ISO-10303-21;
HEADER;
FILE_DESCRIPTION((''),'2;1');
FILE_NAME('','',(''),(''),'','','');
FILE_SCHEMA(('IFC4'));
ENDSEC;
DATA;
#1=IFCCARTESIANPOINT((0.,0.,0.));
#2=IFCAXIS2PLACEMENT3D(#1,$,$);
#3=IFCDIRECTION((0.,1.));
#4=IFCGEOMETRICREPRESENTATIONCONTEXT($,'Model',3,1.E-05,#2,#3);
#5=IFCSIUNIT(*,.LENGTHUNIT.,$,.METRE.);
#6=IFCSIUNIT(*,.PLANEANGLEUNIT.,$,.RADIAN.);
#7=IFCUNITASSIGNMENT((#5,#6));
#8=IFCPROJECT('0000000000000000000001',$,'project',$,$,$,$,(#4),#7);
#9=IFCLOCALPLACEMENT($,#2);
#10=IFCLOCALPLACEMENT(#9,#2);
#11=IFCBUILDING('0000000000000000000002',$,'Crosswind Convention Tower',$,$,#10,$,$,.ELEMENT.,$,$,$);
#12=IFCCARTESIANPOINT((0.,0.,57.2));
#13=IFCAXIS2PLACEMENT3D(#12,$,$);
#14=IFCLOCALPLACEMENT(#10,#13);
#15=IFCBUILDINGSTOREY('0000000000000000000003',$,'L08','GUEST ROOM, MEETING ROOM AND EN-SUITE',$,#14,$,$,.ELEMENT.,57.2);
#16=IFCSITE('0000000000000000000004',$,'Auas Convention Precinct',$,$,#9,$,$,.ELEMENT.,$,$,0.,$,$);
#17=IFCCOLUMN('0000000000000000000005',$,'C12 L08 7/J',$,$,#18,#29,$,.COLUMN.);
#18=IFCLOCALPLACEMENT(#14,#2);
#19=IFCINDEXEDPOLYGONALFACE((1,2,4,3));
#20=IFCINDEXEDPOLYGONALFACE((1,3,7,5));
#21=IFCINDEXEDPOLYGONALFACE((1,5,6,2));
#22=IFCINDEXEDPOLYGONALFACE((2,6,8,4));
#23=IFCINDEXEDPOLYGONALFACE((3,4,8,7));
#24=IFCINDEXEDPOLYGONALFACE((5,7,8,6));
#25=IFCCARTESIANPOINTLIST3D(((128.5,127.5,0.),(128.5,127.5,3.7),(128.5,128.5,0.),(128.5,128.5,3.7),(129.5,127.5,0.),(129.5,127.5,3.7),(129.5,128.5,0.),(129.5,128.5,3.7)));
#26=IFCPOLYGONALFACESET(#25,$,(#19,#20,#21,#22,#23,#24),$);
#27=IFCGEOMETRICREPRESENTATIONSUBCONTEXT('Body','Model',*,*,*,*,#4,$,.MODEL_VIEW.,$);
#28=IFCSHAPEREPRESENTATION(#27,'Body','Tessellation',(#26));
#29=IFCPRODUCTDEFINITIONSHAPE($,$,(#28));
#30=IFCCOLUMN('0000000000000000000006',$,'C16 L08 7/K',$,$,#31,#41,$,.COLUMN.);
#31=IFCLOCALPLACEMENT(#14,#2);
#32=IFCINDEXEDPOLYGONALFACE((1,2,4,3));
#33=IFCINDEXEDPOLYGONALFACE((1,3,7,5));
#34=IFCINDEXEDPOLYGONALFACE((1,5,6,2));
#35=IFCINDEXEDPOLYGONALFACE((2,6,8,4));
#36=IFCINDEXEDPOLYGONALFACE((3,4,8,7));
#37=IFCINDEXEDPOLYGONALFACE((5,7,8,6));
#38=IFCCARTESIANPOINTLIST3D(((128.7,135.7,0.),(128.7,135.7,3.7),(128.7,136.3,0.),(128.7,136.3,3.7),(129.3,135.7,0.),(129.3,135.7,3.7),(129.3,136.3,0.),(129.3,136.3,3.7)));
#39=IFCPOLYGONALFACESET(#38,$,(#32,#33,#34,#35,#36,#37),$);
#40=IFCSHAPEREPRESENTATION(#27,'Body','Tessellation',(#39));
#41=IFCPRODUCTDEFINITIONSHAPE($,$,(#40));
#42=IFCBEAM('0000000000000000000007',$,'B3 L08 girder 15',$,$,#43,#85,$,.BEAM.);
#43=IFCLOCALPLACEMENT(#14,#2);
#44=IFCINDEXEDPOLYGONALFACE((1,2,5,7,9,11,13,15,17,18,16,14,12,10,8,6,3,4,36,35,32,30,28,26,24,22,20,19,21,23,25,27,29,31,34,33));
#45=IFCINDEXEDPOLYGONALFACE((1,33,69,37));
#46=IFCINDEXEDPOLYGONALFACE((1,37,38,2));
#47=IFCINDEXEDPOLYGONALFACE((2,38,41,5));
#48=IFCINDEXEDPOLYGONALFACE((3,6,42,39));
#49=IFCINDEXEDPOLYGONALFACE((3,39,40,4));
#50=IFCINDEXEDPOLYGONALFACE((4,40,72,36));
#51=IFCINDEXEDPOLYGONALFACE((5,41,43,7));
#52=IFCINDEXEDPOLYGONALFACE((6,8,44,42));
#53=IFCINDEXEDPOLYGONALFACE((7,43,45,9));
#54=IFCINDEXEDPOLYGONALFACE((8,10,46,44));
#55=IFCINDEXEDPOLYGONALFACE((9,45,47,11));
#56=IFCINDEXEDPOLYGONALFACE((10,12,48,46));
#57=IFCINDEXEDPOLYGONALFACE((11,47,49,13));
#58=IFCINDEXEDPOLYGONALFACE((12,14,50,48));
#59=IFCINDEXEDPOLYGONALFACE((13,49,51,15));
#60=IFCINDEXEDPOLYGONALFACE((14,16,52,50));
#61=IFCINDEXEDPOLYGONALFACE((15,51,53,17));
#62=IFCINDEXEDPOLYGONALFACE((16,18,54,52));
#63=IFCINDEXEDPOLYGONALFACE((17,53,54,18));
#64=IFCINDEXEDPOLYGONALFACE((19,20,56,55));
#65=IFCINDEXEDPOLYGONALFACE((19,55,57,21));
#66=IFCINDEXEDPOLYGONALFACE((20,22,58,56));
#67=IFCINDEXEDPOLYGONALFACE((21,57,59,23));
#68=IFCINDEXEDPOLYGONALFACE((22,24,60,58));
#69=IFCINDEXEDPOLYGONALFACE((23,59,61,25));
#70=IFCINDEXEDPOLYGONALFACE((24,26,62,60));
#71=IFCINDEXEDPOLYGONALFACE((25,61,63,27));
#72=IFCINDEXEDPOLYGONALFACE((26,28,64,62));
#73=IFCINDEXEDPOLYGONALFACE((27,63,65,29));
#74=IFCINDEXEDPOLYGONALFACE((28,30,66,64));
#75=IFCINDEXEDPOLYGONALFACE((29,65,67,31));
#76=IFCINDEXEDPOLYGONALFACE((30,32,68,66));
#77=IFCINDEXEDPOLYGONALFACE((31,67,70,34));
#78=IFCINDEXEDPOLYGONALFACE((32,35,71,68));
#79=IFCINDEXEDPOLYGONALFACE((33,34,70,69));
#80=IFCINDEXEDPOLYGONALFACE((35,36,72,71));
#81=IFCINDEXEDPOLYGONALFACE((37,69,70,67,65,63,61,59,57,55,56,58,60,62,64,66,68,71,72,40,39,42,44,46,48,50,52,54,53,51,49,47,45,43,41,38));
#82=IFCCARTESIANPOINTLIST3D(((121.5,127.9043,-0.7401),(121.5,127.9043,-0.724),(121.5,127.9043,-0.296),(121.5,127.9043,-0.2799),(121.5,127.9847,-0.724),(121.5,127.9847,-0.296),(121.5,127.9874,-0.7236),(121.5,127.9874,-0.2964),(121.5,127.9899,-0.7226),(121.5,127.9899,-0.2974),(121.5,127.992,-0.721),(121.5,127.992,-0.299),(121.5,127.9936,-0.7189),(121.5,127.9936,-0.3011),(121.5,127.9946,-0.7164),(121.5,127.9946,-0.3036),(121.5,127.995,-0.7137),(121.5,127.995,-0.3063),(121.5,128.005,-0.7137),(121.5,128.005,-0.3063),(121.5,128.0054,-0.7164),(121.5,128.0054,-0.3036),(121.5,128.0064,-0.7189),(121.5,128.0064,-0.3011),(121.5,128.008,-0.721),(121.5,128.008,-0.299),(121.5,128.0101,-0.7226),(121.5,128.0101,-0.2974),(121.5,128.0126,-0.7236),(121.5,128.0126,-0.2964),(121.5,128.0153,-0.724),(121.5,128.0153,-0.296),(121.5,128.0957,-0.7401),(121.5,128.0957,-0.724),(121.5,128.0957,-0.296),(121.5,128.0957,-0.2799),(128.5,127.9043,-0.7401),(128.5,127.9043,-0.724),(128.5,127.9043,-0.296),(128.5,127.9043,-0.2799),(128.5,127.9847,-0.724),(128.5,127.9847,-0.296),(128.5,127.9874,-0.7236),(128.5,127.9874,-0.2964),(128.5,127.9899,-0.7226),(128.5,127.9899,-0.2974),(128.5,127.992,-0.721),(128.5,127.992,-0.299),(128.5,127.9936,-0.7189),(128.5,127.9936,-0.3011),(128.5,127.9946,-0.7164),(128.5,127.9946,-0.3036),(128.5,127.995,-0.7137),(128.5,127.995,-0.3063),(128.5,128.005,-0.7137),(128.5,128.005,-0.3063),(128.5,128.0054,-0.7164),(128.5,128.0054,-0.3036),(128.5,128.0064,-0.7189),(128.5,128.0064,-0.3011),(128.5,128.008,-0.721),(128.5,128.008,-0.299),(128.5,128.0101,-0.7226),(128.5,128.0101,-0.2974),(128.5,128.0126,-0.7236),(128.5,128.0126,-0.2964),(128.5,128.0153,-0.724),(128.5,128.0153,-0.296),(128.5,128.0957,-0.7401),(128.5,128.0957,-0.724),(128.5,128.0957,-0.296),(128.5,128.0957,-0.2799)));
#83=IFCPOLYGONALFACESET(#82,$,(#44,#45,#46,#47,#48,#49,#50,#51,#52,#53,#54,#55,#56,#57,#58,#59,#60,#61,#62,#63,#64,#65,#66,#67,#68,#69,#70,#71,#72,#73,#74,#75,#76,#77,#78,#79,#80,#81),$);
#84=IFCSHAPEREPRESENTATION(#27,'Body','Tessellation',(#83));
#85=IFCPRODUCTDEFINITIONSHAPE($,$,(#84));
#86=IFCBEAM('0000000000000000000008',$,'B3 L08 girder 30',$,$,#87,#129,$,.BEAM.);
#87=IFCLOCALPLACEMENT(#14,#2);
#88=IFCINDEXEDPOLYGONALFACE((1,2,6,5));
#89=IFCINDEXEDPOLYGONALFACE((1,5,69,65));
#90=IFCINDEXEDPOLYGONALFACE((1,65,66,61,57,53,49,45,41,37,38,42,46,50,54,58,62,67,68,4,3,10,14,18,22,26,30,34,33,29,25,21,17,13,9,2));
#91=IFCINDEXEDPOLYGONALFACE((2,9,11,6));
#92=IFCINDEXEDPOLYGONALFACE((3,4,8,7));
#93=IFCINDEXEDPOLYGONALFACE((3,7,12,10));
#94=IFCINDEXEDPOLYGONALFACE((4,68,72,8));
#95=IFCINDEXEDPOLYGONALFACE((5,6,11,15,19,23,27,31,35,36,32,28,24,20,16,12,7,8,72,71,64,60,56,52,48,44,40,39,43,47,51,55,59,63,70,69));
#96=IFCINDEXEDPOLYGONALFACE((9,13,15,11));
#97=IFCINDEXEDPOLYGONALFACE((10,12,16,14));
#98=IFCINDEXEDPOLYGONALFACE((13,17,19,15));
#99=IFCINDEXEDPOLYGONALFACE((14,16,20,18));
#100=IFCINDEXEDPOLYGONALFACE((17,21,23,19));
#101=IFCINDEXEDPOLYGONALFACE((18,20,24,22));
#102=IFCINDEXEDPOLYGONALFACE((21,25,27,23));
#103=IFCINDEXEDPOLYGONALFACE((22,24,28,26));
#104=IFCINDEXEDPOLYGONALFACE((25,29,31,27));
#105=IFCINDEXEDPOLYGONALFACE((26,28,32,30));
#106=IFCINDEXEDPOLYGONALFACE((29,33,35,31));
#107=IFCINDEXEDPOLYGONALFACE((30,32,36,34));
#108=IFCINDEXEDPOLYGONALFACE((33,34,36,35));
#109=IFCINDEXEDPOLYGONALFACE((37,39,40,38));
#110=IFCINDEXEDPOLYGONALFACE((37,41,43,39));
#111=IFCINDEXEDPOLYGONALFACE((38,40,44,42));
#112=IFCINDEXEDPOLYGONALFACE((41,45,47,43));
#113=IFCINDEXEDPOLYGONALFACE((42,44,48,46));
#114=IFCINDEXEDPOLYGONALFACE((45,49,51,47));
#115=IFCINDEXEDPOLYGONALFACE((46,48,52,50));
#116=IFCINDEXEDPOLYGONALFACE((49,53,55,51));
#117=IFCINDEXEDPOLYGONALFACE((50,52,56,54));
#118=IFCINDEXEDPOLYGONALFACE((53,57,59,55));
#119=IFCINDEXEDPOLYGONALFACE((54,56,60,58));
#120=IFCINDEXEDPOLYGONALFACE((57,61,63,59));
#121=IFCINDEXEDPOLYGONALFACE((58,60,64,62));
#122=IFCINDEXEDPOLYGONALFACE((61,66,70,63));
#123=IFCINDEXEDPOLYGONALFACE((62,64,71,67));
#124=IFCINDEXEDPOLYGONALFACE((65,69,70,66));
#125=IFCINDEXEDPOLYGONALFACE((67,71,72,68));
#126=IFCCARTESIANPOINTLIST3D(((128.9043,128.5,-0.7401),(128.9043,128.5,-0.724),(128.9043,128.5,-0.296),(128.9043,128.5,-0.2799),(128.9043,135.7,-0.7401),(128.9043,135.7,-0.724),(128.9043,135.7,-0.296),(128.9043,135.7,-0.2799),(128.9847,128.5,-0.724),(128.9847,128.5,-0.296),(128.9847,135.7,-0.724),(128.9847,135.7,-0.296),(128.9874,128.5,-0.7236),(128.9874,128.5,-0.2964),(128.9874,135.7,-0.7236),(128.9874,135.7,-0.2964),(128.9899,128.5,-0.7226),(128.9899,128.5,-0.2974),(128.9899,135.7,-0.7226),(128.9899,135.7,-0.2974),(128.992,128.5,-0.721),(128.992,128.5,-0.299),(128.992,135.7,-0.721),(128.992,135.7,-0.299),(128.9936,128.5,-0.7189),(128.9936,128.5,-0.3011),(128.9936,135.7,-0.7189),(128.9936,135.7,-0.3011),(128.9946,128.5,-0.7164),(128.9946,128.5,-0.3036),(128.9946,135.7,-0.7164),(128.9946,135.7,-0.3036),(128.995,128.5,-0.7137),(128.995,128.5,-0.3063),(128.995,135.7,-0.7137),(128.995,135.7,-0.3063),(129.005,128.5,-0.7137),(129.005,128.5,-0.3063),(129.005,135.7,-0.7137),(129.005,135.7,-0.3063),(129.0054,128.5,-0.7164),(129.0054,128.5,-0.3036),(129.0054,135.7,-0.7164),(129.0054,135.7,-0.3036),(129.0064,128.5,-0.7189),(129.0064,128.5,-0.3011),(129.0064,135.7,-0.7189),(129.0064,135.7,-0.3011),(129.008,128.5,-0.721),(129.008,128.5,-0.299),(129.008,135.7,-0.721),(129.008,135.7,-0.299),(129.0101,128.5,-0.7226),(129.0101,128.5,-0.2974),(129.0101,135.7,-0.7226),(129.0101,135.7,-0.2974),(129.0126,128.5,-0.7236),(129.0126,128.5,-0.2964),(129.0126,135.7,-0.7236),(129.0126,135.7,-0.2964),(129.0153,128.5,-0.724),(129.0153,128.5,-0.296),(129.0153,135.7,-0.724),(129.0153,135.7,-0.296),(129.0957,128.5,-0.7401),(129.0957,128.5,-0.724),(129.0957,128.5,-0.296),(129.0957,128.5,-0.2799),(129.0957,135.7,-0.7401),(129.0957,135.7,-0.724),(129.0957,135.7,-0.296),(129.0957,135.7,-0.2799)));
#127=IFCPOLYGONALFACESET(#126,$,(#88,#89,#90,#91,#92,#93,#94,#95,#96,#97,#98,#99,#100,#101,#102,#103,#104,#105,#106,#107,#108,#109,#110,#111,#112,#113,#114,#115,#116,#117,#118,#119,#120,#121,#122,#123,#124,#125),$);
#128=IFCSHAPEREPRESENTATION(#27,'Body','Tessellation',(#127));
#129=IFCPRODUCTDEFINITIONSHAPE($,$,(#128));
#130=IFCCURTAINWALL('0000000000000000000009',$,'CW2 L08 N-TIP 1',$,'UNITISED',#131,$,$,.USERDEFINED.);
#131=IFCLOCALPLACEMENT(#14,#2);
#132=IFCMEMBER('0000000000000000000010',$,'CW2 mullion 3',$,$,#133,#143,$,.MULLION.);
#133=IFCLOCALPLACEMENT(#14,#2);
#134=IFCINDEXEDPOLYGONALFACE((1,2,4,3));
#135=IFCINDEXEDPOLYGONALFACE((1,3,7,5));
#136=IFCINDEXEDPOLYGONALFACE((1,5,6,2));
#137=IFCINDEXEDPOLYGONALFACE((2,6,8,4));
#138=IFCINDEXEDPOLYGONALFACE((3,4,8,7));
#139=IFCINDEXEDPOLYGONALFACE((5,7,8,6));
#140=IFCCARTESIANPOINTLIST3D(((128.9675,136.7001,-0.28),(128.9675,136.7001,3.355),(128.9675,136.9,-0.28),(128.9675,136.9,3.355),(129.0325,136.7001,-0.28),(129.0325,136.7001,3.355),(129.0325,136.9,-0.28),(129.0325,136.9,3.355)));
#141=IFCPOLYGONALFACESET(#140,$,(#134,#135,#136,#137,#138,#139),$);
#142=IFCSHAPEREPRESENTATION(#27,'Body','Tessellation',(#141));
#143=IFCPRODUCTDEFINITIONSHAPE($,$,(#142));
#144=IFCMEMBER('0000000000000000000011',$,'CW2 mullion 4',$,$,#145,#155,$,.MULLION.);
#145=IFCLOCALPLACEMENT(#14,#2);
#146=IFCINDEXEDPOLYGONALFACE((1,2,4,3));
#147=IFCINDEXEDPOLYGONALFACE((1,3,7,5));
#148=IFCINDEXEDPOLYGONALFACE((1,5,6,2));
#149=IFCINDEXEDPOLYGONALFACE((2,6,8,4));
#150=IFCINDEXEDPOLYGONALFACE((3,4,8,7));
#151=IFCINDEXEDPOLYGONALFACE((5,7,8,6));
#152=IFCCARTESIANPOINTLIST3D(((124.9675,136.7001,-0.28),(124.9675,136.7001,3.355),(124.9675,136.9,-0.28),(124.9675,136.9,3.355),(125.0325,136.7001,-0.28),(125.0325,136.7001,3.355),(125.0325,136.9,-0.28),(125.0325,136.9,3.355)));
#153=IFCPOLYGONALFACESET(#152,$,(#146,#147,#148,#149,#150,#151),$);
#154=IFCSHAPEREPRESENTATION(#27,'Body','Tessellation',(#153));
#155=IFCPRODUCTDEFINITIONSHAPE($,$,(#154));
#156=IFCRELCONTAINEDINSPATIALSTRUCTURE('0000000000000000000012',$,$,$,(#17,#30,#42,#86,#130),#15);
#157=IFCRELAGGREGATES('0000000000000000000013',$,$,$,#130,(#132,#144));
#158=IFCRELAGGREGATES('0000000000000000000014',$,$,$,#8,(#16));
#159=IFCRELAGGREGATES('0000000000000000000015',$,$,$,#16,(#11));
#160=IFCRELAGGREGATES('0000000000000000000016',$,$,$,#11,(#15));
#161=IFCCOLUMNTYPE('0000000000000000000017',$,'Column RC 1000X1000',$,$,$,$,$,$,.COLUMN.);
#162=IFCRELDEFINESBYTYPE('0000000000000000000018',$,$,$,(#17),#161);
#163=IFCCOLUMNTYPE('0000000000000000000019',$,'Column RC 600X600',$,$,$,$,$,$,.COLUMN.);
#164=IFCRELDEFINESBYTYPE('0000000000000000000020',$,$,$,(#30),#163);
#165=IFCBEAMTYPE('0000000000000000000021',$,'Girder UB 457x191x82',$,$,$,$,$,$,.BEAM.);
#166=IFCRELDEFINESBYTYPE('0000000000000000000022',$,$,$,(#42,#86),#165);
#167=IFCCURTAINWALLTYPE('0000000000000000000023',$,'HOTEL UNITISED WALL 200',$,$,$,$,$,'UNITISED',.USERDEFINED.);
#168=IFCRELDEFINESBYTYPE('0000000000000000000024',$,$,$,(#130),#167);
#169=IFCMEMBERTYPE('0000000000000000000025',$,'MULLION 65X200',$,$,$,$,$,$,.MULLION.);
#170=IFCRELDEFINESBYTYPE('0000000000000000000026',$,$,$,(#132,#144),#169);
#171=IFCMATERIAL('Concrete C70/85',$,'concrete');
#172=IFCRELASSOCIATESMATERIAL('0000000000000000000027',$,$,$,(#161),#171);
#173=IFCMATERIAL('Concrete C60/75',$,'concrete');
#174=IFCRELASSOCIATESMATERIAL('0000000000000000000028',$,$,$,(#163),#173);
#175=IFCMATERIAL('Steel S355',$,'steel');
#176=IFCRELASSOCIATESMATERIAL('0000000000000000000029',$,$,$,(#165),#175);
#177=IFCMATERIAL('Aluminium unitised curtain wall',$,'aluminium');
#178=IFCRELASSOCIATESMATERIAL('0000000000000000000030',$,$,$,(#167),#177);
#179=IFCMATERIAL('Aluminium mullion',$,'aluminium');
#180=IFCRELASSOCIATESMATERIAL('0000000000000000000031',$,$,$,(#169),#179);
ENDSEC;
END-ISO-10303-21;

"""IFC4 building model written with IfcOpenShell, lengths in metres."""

from ifc_helpers import new_model, si_unit, direction, frame, origin, origin_2d, place, context, subcontext, project, spatial, rectangle, i_section, extrude, material, material_profile, profile_set, type_object, element, aggregate, save


model = new_model("IFC4")

# Units and contexts
model_context = context("Model", 3, precision=1e-05, world=origin(), true_north=direction((0.0, 1.0)))
body_context = subcontext(model_context, "Body", "Model", "MODEL_VIEW")
ifc_project = project(units=[si_unit("LENGTHUNIT", "METRE"), si_unit("PLANEANGLEUNIT", "RADIAN")], contexts=[model_context])

# Site, building, storey
site_placement = place(None, origin())
site = spatial("IfcSite", under=ifc_project, at=site_placement, Name="Auas Convention Precinct", CompositionType="ELEMENT", RefElevation=0.0)
building_placement = place(site_placement, origin())
building = spatial("IfcBuilding", under=site, at=building_placement, Name="Crosswind Convention Tower", CompositionType="ELEMENT")
storey_placement = place(building_placement, frame((0.0, 0.0, 57.2)))
storey = spatial("IfcBuildingStorey", under=building, at=storey_placement, Name="L08", Description="GUEST ROOM, MEETING ROOM AND EN-SUITE", CompositionType="ELEMENT", Elevation=57.2)

# Columns
ifc_material_1 = material(Name="Concrete C70/85", Category="concrete")
ifc_material_profile_1 = material_profile(ifc_material_1, rectangle(XDim=1.0, YDim=1.0, at=origin_2d()), Name="RC 1000X1000")
ifc_profile_set_1 = profile_set([ifc_material_profile_1], Name="Concrete C70/85")
column_type_1 = type_object("IfcColumnType", Name="Column RC 1000X1000", PredefinedType="COLUMN", material=ifc_profile_set_1)
column_1_placement = place(storey_placement, frame((129.0, 128.0, 0.0), z_axis=(0.0, 0.0, 1.0), x_axis=(1.0, 0.0, 0.0)))
element("IfcColumn", 1, at=column_1_placement, inside=storey, type_object=column_type_1, Name="C12 L08 7/J", PredefinedType="COLUMN", context=body_context, shape_type="SweptSolid", body=[
    extrude(rectangle(XDim=1.0, YDim=1.0, at=origin_2d()), origin(), (0.0, 0.0, 1.0), 3.7),
])
ifc_material_2 = material(Name="Concrete C60/75", Category="concrete")
ifc_material_profile_2 = material_profile(ifc_material_2, rectangle(XDim=0.6001, YDim=0.6001, at=origin_2d()), Name="RC 600X600")
ifc_profile_set_2 = profile_set([ifc_material_profile_2], Name="Concrete C60/75")
column_type_2 = type_object("IfcColumnType", Name="Column RC 600X600", PredefinedType="COLUMN", material=ifc_profile_set_2)
column_2_placement = place(storey_placement, frame((129.0, 136.0, 0.0), z_axis=(0.0, 0.0, 1.0), x_axis=(1.0, 0.0, 0.0)))
element("IfcColumn", 2, at=column_2_placement, inside=storey, type_object=column_type_2, Name="C16 L08 7/K", PredefinedType="COLUMN", context=body_context, shape_type="SweptSolid", body=[
    extrude(rectangle(XDim=0.6001, YDim=0.6001, at=origin_2d()), origin(), (0.0, 0.0, 1.0), 3.7),
])

# Beams
ifc_material_3 = material(Name="Steel S355", Category="steel")
ifc_material_profile_3 = material_profile(ifc_material_3, i_section(OverallWidth=0.1914, OverallDepth=0.4602, WebThickness=0.01, FlangeThickness=0.0161, FilletRadius=0.0103, at=origin_2d()), Name="UB 457x191x82")
ifc_profile_set_3 = profile_set([ifc_material_profile_3], Name="Steel S355")
beam_type_1 = type_object("IfcBeamType", Name="Girder UB 457x191x82", PredefinedType="BEAM", material=ifc_profile_set_3)
beam_1_placement = place(storey_placement, frame((121.5, 128.0, -0.51), z_axis=(1.0, 0.0, 0.0), x_axis=(0.0, 1.0, 0.0)))
element("IfcBeam", 3, at=beam_1_placement, inside=storey, type_object=beam_type_1, Name="B3 L08 girder 15", PredefinedType="BEAM", context=body_context, shape_type="SweptSolid", body=[
    extrude(i_section(OverallWidth=0.1914, OverallDepth=0.4602, WebThickness=0.01, FlangeThickness=0.0161, FilletRadius=0.0103, at=origin_2d()), origin(), (0.0, 0.0, 1.0), 7.0),
])
beam_2_placement = place(storey_placement, frame((129.0, 128.5, -0.51), z_axis=(0.0, 1.0, 0.0), x_axis=(-1.0, 0.0, 0.0)))
element("IfcBeam", 4, at=beam_2_placement, inside=storey, type_object=beam_type_1, Name="B3 L08 girder 30", PredefinedType="BEAM", context=body_context, shape_type="SweptSolid", body=[
    extrude(i_section(OverallWidth=0.1914, OverallDepth=0.4602, WebThickness=0.01, FlangeThickness=0.0161, FilletRadius=0.0103, at=origin_2d()), origin(), (0.0, 0.0, 1.0), 7.2),
])

# Curtain wall, members
ifc_material_4 = material(Name="Aluminium unitised curtain wall", Category="aluminium")
curtain_wall_type = type_object("IfcCurtainWallType", Name="HOTEL UNITISED WALL 200", ElementType="UNITISED", PredefinedType="USERDEFINED", material=ifc_material_4)
curtain_wall_placement = place(storey_placement, origin())
curtain_wall = element("IfcCurtainWall", 5, at=curtain_wall_placement, inside=storey, type_object=curtain_wall_type, Name="CW2 L08 N-TIP 1", ObjectType="UNITISED", PredefinedType="USERDEFINED")
ifc_material_5 = material(Name="Aluminium mullion", Category="aluminium")
ifc_material_profile_4 = material_profile(ifc_material_5, rectangle(XDim=0.2, YDim=0.0649, at=origin_2d()), Name="AL 200X65")
ifc_profile_set_4 = profile_set([ifc_material_profile_4], Name="Aluminium mullion")
member_type = type_object("IfcMemberType", Name="MULLION 65X200", PredefinedType="MULLION", material=ifc_profile_set_4)
member_1_placement = place(storey_placement, frame((129.0, 136.8, -0.28), z_axis=(0.0, 0.0, 1.0), x_axis=(0.0, 1.0, 0.0)))
member_1 = element("IfcMember", 6, at=member_1_placement, type_object=member_type, Name="CW2 mullion 3", PredefinedType="MULLION", context=body_context, shape_type="SweptSolid", body=[
    extrude(rectangle(XDim=0.2, YDim=0.0649, at=origin_2d()), origin(), (0.0, 0.0, 1.0), 3.635),
])
member_2_placement = place(storey_placement, frame((125.0, 136.8, -0.28), z_axis=(0.0, 0.0, 1.0), x_axis=(0.0, 1.0, 0.0)))
member_2 = element("IfcMember", 7, at=member_2_placement, type_object=member_type, Name="CW2 mullion 4", PredefinedType="MULLION", context=body_context, shape_type="SweptSolid", body=[
    extrude(rectangle(XDim=0.2, YDim=0.0649, at=origin_2d()), origin(), (0.0, 0.0, 1.0), 3.635),
])

aggregate(curtain_wall, [member_1, member_2])

save(model, "model.ifc")
